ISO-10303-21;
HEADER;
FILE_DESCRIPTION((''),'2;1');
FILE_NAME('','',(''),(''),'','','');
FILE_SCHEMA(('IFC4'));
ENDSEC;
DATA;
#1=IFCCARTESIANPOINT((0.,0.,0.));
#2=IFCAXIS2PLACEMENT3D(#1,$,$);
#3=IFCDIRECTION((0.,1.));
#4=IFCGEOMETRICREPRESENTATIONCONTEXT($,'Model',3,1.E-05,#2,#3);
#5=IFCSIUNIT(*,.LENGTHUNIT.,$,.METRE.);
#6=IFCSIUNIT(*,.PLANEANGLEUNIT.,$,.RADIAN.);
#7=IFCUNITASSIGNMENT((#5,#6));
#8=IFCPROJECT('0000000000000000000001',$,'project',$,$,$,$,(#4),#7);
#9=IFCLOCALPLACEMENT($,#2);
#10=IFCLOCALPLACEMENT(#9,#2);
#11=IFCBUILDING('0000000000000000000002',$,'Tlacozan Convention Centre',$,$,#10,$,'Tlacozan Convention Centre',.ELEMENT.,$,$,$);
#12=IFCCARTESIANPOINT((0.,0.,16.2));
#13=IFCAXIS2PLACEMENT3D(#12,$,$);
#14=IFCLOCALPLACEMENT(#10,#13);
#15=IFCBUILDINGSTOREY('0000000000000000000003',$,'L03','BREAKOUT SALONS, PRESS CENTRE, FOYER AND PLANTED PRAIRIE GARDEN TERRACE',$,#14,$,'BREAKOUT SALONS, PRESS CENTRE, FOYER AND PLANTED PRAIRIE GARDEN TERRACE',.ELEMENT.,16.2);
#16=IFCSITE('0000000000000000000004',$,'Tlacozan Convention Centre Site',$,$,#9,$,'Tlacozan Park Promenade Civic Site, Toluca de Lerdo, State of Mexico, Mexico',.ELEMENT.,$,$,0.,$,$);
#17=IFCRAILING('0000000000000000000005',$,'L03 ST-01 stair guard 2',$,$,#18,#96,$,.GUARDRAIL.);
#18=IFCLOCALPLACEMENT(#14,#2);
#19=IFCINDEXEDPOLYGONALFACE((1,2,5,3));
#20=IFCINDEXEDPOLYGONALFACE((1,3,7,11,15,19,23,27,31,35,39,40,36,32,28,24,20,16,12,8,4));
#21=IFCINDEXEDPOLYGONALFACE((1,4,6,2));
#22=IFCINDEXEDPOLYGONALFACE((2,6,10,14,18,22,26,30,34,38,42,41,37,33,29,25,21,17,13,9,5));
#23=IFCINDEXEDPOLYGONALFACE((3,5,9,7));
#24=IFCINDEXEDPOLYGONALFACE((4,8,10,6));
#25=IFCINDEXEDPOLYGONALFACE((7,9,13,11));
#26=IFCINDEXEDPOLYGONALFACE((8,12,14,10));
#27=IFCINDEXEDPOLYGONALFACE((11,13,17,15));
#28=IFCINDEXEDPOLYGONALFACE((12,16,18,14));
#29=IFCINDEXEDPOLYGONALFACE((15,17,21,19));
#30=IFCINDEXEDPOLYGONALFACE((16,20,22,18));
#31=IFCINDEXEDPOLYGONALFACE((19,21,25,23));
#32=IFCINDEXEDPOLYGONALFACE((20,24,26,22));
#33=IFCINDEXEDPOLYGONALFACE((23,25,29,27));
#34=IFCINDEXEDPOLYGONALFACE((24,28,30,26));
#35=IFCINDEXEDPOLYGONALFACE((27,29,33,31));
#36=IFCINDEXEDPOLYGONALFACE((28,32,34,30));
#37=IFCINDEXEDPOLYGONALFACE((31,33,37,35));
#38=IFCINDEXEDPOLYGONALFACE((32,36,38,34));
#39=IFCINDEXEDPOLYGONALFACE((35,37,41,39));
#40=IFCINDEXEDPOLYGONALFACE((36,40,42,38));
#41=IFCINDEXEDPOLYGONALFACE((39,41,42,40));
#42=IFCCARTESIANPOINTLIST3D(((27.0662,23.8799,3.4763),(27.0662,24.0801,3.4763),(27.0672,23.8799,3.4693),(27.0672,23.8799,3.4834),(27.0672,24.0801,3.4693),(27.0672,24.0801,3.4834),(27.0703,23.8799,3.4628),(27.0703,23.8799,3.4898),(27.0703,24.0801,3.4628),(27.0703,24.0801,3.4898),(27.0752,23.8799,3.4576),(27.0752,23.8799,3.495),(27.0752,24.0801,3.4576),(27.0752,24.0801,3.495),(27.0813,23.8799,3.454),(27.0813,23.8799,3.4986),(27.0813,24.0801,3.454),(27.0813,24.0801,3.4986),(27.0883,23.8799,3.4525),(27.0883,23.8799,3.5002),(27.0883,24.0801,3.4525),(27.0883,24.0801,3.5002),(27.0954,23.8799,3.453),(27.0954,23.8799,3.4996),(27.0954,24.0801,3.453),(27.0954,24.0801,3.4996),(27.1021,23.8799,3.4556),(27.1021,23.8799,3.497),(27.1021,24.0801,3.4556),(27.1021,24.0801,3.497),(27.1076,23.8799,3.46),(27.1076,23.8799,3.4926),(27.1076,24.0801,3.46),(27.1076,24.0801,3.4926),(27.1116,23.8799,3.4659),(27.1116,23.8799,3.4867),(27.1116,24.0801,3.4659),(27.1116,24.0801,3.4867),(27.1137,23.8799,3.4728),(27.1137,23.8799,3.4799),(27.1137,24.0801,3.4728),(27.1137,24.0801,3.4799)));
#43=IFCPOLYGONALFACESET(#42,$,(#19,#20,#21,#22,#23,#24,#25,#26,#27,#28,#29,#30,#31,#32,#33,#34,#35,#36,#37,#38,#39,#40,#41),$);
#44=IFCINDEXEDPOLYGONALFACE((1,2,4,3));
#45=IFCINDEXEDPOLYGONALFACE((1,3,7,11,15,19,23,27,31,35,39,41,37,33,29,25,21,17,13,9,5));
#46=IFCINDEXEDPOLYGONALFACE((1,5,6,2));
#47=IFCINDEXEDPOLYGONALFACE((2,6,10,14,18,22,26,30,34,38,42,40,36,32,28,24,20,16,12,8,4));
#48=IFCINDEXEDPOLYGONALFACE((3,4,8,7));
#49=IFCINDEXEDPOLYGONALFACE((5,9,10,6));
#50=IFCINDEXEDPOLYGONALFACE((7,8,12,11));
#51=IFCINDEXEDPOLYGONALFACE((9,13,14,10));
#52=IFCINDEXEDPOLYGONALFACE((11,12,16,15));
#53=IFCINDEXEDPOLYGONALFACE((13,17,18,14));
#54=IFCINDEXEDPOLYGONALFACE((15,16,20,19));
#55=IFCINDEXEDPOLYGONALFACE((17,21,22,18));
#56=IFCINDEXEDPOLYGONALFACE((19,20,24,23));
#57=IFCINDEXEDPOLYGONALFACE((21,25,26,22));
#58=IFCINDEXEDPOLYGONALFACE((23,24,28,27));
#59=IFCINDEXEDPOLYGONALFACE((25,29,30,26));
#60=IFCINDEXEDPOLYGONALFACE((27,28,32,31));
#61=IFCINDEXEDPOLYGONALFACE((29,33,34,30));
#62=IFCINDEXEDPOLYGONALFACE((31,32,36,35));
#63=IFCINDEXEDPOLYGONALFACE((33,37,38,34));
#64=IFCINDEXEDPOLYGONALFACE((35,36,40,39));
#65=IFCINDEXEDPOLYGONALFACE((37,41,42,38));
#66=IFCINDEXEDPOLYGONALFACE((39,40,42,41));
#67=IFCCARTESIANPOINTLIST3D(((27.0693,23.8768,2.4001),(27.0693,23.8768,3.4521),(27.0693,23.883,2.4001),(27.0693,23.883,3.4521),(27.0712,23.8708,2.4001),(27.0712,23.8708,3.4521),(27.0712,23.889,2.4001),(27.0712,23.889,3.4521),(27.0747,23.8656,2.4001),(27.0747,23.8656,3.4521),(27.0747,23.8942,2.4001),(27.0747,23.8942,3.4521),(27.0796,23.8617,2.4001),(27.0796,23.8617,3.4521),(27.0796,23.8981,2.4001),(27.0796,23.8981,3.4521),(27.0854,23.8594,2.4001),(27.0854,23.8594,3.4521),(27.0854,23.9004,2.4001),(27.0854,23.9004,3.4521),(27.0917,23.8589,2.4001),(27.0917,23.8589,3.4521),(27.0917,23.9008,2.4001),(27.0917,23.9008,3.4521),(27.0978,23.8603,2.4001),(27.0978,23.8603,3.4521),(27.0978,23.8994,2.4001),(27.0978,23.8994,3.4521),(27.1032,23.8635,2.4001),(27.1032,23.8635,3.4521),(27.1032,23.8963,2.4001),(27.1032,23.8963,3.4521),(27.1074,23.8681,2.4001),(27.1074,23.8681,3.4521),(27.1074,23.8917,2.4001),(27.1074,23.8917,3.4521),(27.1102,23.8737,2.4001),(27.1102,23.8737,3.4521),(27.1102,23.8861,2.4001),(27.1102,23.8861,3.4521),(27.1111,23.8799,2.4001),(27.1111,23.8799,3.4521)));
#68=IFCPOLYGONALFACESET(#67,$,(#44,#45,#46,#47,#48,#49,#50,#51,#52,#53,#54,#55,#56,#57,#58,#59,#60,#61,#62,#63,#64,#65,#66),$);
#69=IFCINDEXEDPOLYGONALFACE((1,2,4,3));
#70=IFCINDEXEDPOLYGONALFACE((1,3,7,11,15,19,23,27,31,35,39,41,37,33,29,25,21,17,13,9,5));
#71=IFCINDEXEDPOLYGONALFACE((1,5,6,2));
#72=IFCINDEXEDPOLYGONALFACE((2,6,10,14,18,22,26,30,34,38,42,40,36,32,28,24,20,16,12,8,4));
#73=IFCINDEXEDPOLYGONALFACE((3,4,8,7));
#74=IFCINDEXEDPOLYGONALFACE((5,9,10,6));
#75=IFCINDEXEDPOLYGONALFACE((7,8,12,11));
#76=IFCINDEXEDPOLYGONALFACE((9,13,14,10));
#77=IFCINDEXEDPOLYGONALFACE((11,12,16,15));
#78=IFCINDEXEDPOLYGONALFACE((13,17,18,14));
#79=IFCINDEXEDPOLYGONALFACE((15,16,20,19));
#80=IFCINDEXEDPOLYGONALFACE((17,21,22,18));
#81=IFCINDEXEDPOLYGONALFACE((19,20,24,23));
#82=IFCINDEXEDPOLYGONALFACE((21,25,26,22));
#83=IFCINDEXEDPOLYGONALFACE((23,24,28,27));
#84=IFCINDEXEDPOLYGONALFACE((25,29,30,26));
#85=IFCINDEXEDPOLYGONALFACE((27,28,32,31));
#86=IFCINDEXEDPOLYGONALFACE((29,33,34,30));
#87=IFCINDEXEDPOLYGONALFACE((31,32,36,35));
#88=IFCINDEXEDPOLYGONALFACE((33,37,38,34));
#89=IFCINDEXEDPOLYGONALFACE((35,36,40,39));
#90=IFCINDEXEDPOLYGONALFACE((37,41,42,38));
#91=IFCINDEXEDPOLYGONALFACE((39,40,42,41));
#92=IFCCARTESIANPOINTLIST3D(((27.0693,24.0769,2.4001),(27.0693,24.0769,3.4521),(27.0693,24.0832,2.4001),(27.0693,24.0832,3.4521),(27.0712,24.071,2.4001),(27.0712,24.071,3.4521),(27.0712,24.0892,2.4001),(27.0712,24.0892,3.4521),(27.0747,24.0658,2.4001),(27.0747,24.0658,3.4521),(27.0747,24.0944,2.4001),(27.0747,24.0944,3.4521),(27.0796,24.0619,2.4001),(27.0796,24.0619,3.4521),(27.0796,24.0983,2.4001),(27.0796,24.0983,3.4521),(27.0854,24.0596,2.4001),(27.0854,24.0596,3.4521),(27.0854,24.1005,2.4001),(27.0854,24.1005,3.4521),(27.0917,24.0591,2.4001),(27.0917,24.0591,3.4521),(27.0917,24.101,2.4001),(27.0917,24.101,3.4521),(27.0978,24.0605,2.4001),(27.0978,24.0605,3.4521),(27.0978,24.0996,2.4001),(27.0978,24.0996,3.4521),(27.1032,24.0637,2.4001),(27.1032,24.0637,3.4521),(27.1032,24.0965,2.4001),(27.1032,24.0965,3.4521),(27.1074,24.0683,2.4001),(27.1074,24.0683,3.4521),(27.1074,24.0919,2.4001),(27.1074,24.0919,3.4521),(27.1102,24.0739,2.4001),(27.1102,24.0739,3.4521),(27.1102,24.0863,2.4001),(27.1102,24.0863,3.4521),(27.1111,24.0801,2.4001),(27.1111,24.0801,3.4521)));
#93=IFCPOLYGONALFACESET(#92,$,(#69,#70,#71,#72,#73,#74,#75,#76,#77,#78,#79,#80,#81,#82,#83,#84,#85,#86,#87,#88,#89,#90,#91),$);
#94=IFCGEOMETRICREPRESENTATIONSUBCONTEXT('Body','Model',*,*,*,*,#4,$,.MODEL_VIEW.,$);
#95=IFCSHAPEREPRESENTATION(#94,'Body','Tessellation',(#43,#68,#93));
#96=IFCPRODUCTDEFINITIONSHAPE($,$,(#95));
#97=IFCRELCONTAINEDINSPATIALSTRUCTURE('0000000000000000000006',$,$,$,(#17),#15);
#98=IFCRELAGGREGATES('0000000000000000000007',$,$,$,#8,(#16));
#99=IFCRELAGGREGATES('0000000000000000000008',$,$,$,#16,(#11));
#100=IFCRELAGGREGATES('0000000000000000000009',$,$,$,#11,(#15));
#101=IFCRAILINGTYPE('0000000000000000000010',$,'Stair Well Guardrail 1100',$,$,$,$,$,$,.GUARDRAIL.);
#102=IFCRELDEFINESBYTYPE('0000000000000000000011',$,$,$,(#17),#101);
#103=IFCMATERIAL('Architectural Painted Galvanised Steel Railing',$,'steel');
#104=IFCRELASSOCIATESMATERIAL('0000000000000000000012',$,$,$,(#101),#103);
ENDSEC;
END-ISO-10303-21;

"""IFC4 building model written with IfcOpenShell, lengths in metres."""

from ifc_helpers import new_model, si_unit, direction, frame, origin, origin_2d, place, context, subcontext, project, spatial, circle, extrude, material, type_object, element, save


model = new_model("IFC4")

# Units and contexts
model_context = context("Model", 3, precision=1e-05, world=origin(), true_north=direction((0.0, 1.0)))
body_context = subcontext(model_context, "Body", "Model", "MODEL_VIEW")
ifc_project = project(units=[si_unit("LENGTHUNIT", "METRE"), si_unit("PLANEANGLEUNIT", "RADIAN")], contexts=[model_context])

# Site, building, storey
site_placement = place(None, origin())
site = spatial("IfcSite", under=ifc_project, at=site_placement, Name="Tlacozan Convention Centre Site", LongName="Tlacozan Park Promenade Civic Site, Toluca de Lerdo, State of Mexico, Mexico", CompositionType="ELEMENT", RefElevation=0.0)
building_placement = place(site_placement, origin())
building = spatial("IfcBuilding", under=site, at=building_placement, Name="Tlacozan Convention Centre", LongName="Tlacozan Convention Centre", CompositionType="ELEMENT")
storey_placement = place(building_placement, frame((0.0, 0.0, 16.2)))
storey = spatial("IfcBuildingStorey", under=building, at=storey_placement, Name="L03", Description="BREAKOUT SALONS, PRESS CENTRE, FOYER AND PLANTED PRAIRIE GARDEN TERRACE", LongName="BREAKOUT SALONS, PRESS CENTRE, FOYER AND PLANTED PRAIRIE GARDEN TERRACE", CompositionType="ELEMENT", Elevation=16.2)

# Railing
ifc_material_1 = material(Name="Architectural Painted Galvanised Steel Railing", Category="steel")
railing_type_1 = type_object("IfcRailingType", Name="Stair Well Guardrail 1100", PredefinedType="GUARDRAIL", material=ifc_material_1)
railing_1_placement = place(storey_placement, frame((27.0901, 23.8799, 2.4001)))
element("IfcRailing", 1, at=railing_1_placement, inside=storey, type_object=railing_type_1, Name="L03 ST-01 stair guard 2", PredefinedType="GUARDRAIL", context=body_context, shape_type="SweptSolid", body=[
    extrude(circle(Radius=0.0239, at=origin_2d()), frame((0.0, 0.0, 1.0762), z_axis=(0.0, 1.0, 0.0), x_axis=(-1.0, 0.0, 0.0)), (0.0, 0.0, 1.0), 0.2002),
    extrude(circle(Radius=0.021, at=origin_2d()), origin(), (0.0, 0.0, 1.0), 1.052),
    extrude(circle(Radius=0.021, at=origin_2d()), frame((0.0, 0.2002, 0.0)), (0.0, 0.0, 1.0), 1.052),
])

save(model, "model.ifc")
